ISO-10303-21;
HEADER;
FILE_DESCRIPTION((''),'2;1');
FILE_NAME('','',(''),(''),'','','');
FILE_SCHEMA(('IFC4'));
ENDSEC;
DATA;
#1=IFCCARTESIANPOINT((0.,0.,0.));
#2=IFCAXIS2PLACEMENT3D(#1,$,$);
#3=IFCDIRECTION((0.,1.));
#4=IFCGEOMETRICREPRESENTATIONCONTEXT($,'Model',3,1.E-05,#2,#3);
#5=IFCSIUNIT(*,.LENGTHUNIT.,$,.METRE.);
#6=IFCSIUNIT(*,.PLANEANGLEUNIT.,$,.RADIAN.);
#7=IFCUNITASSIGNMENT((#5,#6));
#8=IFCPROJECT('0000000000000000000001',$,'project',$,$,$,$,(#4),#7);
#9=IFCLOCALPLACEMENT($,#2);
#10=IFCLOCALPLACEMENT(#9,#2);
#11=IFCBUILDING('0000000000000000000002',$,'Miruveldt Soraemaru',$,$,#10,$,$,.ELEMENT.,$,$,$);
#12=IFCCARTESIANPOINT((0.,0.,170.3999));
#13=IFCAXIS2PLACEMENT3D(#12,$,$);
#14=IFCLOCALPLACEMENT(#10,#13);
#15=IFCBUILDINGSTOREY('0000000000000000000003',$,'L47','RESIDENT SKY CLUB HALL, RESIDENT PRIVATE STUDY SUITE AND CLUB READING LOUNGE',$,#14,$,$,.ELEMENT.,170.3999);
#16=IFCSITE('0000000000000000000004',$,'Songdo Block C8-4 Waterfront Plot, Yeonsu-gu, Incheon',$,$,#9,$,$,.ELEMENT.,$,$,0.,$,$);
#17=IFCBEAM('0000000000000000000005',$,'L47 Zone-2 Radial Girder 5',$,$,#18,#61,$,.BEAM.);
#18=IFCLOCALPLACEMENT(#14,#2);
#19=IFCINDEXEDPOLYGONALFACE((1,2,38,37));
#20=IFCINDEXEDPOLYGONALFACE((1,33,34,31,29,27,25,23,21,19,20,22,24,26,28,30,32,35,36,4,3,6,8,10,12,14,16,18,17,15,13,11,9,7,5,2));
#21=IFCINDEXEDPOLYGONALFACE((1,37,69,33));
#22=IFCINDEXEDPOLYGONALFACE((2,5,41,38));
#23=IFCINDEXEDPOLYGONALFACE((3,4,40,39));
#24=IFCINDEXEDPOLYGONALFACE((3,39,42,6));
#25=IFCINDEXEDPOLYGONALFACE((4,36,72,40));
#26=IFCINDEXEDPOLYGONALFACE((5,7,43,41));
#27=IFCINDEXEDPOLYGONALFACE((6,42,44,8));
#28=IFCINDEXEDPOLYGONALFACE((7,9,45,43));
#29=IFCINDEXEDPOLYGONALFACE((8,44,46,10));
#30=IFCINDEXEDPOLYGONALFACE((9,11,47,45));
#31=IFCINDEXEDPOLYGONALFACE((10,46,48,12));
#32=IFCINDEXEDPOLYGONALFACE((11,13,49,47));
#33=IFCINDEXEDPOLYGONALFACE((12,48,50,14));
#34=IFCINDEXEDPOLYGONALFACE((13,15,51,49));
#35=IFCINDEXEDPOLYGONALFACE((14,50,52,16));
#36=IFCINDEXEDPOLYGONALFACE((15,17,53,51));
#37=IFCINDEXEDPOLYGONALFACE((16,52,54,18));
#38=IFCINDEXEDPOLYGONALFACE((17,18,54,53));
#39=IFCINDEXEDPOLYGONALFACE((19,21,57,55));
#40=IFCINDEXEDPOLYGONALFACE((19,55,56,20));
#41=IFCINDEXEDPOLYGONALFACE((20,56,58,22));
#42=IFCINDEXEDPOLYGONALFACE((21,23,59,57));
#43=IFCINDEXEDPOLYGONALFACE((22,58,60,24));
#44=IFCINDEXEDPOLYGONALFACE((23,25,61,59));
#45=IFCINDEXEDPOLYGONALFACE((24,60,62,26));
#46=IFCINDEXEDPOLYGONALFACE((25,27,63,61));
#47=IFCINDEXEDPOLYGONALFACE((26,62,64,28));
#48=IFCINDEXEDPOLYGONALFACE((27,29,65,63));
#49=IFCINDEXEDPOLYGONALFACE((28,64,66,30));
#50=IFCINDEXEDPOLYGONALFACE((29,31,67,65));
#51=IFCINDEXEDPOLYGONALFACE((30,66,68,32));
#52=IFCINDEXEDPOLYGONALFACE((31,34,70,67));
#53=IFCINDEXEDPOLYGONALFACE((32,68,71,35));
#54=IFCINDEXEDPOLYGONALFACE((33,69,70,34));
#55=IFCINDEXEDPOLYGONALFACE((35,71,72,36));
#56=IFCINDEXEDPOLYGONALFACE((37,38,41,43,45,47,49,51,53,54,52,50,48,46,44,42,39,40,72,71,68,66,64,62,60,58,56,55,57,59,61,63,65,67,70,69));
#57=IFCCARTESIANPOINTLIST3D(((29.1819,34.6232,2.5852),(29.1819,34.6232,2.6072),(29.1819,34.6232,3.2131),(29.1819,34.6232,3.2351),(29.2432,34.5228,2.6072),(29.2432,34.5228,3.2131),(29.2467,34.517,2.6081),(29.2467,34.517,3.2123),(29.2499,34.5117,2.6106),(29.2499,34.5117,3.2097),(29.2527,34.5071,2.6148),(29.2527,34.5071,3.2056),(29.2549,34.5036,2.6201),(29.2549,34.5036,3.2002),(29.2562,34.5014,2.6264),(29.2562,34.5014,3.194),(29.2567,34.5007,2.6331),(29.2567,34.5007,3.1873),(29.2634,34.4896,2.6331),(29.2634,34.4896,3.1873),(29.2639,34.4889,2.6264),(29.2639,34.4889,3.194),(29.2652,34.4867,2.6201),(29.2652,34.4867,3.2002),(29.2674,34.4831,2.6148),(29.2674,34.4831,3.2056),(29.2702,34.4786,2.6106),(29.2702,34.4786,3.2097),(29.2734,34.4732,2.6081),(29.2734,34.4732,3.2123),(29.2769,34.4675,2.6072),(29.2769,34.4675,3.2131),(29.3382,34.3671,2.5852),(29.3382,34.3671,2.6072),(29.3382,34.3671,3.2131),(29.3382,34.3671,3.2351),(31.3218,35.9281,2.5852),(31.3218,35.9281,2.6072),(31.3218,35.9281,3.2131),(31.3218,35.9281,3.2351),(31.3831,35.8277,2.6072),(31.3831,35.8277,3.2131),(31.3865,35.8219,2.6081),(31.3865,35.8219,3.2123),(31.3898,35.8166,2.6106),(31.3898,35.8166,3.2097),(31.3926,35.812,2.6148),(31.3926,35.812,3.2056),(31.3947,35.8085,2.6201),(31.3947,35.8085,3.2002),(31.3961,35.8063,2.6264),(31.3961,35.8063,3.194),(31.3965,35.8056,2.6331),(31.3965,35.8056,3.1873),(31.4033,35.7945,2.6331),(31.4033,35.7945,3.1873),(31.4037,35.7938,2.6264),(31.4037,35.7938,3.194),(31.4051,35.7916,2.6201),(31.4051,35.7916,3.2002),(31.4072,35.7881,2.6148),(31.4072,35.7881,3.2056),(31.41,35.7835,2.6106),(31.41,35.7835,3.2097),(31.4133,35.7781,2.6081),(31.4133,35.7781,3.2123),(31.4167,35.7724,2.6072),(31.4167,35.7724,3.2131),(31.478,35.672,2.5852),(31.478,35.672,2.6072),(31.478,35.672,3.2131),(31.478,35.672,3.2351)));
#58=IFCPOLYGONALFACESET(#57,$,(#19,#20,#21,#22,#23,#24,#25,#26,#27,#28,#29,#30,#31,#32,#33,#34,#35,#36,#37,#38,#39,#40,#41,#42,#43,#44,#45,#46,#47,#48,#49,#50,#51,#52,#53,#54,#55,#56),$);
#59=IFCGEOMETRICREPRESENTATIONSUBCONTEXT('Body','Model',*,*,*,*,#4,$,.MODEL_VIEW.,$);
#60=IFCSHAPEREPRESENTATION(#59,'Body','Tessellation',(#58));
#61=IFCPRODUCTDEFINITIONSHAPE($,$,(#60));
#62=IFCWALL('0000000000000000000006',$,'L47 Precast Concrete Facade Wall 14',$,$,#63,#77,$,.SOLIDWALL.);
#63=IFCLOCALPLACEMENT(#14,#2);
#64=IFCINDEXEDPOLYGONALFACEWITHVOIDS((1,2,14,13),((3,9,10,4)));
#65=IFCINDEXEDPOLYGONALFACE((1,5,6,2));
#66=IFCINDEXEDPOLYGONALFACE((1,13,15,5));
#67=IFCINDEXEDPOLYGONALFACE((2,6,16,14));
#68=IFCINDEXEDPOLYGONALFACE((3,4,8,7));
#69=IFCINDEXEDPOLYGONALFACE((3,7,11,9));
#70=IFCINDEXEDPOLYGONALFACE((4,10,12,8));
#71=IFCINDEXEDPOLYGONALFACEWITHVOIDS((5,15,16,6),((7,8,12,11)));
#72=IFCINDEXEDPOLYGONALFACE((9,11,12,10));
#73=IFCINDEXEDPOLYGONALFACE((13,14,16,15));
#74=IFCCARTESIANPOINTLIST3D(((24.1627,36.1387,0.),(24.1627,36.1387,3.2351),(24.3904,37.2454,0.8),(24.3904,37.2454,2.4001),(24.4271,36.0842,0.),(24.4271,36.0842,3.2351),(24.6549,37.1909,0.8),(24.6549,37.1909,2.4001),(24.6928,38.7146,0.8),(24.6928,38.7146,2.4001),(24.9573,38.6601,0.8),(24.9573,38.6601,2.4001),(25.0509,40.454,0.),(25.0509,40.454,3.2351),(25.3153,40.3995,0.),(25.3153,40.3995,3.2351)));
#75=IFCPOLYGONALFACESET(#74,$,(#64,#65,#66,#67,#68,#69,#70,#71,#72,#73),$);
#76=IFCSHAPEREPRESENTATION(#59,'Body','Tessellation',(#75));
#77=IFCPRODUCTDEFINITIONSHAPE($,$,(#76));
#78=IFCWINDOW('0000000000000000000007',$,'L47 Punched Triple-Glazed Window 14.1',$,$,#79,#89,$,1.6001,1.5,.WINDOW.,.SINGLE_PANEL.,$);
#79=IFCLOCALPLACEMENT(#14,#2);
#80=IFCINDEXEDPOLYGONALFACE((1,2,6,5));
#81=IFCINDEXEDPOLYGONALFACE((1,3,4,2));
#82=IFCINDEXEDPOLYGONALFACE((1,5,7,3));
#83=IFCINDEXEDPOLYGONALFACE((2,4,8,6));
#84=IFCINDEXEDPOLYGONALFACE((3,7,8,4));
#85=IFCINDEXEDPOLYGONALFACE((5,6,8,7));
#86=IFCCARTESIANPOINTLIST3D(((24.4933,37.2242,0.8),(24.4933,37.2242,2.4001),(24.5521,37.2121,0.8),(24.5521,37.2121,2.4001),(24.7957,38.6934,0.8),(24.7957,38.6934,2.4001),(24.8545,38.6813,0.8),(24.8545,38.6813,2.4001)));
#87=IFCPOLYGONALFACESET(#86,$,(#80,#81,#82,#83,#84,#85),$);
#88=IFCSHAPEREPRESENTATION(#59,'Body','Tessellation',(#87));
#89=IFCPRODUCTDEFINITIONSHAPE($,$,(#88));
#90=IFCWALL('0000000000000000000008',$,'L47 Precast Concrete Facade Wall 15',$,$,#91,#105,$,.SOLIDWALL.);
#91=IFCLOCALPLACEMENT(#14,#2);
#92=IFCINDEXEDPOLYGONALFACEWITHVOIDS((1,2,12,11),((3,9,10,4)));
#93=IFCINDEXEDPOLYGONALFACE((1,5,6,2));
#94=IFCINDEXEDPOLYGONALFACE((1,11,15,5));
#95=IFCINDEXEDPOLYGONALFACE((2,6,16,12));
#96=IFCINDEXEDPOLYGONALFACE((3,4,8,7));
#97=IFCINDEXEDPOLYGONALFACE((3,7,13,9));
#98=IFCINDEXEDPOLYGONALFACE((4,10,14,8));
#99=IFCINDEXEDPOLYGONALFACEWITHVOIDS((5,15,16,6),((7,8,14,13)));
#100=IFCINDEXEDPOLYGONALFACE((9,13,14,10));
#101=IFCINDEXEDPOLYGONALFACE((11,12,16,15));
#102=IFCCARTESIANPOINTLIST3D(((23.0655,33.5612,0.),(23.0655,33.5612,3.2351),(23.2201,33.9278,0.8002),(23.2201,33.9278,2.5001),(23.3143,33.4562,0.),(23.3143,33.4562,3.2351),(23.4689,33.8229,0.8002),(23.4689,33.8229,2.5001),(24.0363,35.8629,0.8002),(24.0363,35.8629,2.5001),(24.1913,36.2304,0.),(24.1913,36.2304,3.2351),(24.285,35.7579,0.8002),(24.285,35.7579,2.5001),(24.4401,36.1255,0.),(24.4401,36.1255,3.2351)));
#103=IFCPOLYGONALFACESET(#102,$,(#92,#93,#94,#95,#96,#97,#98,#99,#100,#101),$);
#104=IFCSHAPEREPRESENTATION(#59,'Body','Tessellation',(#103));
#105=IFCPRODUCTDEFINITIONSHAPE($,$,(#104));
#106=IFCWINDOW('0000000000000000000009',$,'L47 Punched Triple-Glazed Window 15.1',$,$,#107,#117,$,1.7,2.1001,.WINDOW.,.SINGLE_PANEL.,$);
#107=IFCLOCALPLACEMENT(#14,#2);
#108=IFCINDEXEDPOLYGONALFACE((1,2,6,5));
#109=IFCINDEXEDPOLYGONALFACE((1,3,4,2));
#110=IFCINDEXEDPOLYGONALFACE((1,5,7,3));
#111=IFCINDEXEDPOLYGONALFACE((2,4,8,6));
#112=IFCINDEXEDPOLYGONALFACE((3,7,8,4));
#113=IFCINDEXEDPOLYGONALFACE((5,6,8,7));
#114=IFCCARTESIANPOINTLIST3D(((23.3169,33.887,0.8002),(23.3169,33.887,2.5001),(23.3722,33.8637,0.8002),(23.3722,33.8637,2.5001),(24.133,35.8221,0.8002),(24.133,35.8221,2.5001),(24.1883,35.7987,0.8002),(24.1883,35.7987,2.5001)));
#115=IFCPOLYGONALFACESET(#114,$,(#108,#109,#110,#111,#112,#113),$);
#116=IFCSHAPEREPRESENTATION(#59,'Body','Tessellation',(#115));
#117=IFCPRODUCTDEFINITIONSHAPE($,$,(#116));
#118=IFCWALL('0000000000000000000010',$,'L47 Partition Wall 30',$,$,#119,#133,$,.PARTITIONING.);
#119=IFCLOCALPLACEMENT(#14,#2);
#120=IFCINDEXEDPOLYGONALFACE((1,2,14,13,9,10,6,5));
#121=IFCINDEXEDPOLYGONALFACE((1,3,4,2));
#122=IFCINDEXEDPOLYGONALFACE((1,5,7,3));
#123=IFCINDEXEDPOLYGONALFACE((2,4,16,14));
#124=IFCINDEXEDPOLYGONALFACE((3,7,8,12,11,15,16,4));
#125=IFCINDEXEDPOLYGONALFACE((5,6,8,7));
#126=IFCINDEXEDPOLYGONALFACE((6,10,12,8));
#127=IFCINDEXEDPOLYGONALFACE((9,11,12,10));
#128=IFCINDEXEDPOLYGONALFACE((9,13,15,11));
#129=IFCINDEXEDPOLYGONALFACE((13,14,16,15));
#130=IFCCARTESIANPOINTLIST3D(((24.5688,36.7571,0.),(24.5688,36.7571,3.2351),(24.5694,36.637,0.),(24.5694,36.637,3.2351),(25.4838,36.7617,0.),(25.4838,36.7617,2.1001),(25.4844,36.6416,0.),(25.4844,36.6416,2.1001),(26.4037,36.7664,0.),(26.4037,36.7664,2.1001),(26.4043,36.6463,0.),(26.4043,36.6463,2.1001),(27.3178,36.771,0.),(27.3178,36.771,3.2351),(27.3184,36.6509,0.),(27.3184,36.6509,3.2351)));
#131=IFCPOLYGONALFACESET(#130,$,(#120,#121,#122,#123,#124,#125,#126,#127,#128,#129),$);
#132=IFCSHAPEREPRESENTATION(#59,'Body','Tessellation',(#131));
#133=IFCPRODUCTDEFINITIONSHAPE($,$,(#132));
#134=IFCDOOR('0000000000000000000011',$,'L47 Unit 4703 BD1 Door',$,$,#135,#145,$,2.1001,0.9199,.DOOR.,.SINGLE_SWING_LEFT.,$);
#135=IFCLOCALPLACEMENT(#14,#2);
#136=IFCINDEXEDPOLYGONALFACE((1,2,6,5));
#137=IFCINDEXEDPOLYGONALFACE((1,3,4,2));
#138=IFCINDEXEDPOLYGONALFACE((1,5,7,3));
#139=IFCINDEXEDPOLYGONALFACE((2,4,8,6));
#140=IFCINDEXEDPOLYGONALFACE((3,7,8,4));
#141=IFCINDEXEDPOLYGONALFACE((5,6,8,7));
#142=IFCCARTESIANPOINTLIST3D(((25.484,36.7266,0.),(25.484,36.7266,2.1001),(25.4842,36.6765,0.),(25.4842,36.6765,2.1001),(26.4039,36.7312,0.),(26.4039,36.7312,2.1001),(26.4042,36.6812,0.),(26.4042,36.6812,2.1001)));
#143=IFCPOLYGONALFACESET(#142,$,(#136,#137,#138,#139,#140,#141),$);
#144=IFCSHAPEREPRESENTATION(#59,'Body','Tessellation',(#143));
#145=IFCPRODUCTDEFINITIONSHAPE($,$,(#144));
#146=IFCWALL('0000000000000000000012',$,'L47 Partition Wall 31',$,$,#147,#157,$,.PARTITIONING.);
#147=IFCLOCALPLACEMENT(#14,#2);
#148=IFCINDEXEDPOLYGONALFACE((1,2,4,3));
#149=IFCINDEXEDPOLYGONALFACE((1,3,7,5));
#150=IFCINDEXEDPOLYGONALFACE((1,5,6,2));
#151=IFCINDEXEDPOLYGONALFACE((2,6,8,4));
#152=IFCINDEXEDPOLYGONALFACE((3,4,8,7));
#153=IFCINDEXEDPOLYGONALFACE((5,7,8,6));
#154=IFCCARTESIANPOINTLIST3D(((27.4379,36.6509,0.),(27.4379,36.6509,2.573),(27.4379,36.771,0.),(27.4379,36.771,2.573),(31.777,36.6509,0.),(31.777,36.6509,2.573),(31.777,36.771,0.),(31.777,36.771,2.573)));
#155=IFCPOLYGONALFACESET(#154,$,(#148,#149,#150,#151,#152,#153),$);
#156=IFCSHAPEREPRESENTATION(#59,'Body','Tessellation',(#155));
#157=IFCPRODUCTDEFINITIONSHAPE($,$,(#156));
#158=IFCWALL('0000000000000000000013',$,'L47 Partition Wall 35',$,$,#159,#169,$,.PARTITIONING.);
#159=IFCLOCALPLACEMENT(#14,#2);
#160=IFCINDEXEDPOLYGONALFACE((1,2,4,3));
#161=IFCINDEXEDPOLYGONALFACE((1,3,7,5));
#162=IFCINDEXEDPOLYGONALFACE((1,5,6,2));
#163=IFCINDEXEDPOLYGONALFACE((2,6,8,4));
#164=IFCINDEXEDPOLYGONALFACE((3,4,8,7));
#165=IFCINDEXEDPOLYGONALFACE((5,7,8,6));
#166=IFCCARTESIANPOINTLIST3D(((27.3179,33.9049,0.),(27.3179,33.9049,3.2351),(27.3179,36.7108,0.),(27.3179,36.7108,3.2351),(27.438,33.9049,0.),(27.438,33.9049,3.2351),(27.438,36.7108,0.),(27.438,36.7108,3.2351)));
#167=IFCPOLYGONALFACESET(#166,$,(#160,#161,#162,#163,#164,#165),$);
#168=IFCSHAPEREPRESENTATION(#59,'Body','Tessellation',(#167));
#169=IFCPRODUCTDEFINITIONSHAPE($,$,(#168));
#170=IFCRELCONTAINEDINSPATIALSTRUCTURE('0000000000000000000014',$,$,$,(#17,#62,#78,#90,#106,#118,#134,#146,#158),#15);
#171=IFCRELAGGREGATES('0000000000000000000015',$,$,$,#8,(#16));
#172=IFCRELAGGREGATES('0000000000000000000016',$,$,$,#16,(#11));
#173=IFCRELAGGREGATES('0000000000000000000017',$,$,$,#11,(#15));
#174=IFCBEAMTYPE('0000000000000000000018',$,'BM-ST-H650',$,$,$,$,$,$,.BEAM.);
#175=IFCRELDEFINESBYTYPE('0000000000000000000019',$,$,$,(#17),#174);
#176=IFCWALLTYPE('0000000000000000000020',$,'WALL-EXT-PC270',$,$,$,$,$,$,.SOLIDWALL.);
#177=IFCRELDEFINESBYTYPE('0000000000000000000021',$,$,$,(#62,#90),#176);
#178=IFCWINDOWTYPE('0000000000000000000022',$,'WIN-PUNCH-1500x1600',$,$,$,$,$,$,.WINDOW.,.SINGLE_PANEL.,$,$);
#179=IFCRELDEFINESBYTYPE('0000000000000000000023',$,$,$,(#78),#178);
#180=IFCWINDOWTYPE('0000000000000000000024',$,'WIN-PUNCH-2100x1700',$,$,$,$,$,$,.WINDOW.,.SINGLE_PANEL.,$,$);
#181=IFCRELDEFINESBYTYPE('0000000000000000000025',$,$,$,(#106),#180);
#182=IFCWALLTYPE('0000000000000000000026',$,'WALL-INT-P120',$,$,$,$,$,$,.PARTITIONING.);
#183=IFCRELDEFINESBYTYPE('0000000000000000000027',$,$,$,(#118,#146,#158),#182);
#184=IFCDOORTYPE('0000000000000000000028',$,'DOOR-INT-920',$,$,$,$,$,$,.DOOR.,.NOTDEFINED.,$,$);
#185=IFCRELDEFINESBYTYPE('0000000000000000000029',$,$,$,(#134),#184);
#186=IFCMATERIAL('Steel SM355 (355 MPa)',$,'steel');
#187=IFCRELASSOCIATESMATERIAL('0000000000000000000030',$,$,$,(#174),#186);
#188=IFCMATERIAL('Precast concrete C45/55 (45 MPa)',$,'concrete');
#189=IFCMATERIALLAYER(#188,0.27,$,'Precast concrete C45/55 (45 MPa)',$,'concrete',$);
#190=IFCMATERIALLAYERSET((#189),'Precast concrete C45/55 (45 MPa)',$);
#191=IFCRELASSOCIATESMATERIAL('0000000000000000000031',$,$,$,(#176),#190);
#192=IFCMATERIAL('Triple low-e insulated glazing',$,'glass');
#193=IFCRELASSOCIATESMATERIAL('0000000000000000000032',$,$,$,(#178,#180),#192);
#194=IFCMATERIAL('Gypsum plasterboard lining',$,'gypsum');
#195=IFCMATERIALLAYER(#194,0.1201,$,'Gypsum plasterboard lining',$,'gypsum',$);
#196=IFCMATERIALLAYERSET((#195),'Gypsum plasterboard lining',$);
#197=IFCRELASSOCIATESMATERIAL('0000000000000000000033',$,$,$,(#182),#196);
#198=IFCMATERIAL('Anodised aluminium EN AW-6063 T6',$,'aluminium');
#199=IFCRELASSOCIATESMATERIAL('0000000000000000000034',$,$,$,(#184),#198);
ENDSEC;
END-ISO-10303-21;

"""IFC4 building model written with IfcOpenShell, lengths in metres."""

from ifc_helpers import new_model, si_unit, direction, frame, frame_2d, origin, origin_2d, place, context, subcontext, project, spatial, rectangle, i_section, extrude, material, layer, layer_set, material_profile, profile_set, type_object, element, fill, save


model = new_model("IFC4")

# Units and contexts
model_context = context("Model", 3, precision=1e-05, world=origin(), true_north=direction((0.0, 1.0)))
body_context = subcontext(model_context, "Body", "Model", "MODEL_VIEW")
ifc_project = project(units=[si_unit("LENGTHUNIT", "METRE"), si_unit("PLANEANGLEUNIT", "RADIAN")], contexts=[model_context])

# Site, building, storey
site_placement = place(None, origin())
site = spatial("IfcSite", under=ifc_project, at=site_placement, Name="Songdo Block C8-4 Waterfront Plot, Yeonsu-gu, Incheon", CompositionType="ELEMENT", RefElevation=0.0)
building_placement = place(site_placement, origin())
building = spatial("IfcBuilding", under=site, at=building_placement, Name="Miruveldt Soraemaru", CompositionType="ELEMENT")
storey_placement = place(building_placement, frame((0.0, 0.0, 170.3999)))
storey = spatial("IfcBuildingStorey", under=building, at=storey_placement, Name="L47", Description="RESIDENT SKY CLUB HALL, RESIDENT PRIVATE STUDY SUITE AND CLUB READING LOUNGE", CompositionType="ELEMENT", Elevation=170.3999)

# Beam
ifc_material_1 = material(Name="Steel SM355 (355 MPa)", Category="steel")
ifc_material_profile_1 = material_profile(ifc_material_1, i_section(OverallWidth=0.3, OverallDepth=0.6499, WebThickness=0.0129, FlangeThickness=0.022, FilletRadius=0.0259, at=origin_2d()), Name="Steel SM355 (355 MPa)", Category="steel")
ifc_profile_set_1 = profile_set([ifc_material_profile_1], Name="Steel SM355 (355 MPa)")
beam_type_1 = type_object("IfcBeamType", Name="BM-ST-H650", PredefinedType="BEAM", material=ifc_profile_set_1)
beam_1_placement = place(storey_placement, frame((31.3999, 35.8, 2.9102), z_axis=(-0.853775, -0.520642, 0.0), x_axis=(0.520642, -0.853775, 0.0)))
element("IfcBeam", 1, at=beam_1_placement, inside=storey, type_object=beam_type_1, Name="L47 Zone-2 Radial Girder 5", PredefinedType="BEAM", context=body_context, shape_type="SweptSolid", body=[
    extrude(i_section(OverallWidth=0.3, OverallDepth=0.6499, WebThickness=0.0129, FlangeThickness=0.022, FilletRadius=0.0259, at=origin_2d()), origin(), (0.0, 0.0, 1.0), 2.5063),
])

# Walls, openings, windows
ifc_material_2 = material(Name="Precast concrete C45/55 (45 MPa)", Category="concrete")
ifc_layer_1 = layer(ifc_material_2, 0.27, Name="Precast concrete C45/55 (45 MPa)", Category="concrete")
ifc_layer_set_1 = layer_set([ifc_layer_1], Name="Precast concrete C45/55 (45 MPa)")
wall_type_1 = type_object("IfcWallType", Name="WALL-EXT-PC270", PredefinedType="SOLIDWALL", material=ifc_layer_set_1)
wall_1_placement = place(storey_placement, frame((25.1831, 40.4268, 0.0), z_axis=(0.0, 0.0, 1.0), x_axis=(-0.201601, -0.979468, 0.0)))
wall_1 = element("IfcWall", 2, at=wall_1_placement, inside=storey, type_object=wall_type_1, Name="L47 Precast Concrete Facade Wall 14", PredefinedType="SOLIDWALL", context=body_context, shape_type="SweptSolid", body=[
    extrude(rectangle(XDim=4.4058, YDim=0.27, at=frame_2d((2.2029, 0.0))), origin(), (0.0, 0.0, 1.0), 3.2351),
])
opening_1_placement = place(wall_1_placement, frame((1.7759, 0.0, 0.8)))
opening_1 = element("IfcOpeningElement", 3, at=opening_1_placement, cuts=wall_1, PredefinedType="OPENING", context=body_context, shape_type="SweptSolid", body=[
    extrude(rectangle(XDim=1.5, YDim=1.6001, at=frame_2d((0.75, 0.8))), frame((0.0, 0.145, 0.0), z_axis=(0.0, -1.0, 0.0), x_axis=(1.0, 0.0, 0.0)), (0.0, 0.0, 1.0), 0.29),
])
ifc_material_3 = material(Name="Triple low-e insulated glazing", Category="glass")
window_type_1 = type_object("IfcWindowType", Name="WIN-PUNCH-1500x1600", PartitioningType="SINGLE_PANEL", PredefinedType="WINDOW", material=ifc_material_3)
window_1_placement = place(opening_1_placement, origin())
window_1 = element("IfcWindow", 4, at=window_1_placement, inside=storey, type_object=window_type_1, Name="L47 Punched Triple-Glazed Window 14.1", OverallHeight=1.6001, OverallWidth=1.5, PartitioningType="SINGLE_PANEL", PredefinedType="WINDOW", context=body_context, shape_type="SweptSolid", body=[
    extrude(rectangle(XDim=1.5, YDim=1.6001, at=frame_2d((0.75, 0.8))), frame((0.0, 0.03, 0.0), z_axis=(0.0, -1.0, 0.0), x_axis=(1.0, 0.0, 0.0)), (0.0, 0.0, 1.0), 0.0601),
])
fill(opening_1, window_1)
wall_2_placement = place(storey_placement, frame((24.3157, 36.178, 0.0), z_axis=(0.0, 0.0, 1.0), x_axis=(-0.388603, -0.921405, 0.0)))
wall_2 = element("IfcWall", 5, at=wall_2_placement, inside=storey, type_object=wall_type_1, Name="L47 Precast Concrete Facade Wall 15", PredefinedType="SOLIDWALL", context=body_context, shape_type="SweptSolid", body=[
    extrude(rectangle(XDim=2.897, YDim=0.27, at=frame_2d((1.4485, 0.0))), origin(), (0.0, 0.0, 1.0), 3.2351),
])
opening_2_placement = place(wall_2_placement, frame((0.3989, 0.0, 0.8)))
opening_2 = element("IfcOpeningElement", 6, at=opening_2_placement, cuts=wall_2, PredefinedType="OPENING", context=body_context, shape_type="SweptSolid", body=[
    extrude(rectangle(XDim=2.1001, YDim=1.7, at=frame_2d((1.05, 0.8501))), frame((0.0, 0.145, 0.0), z_axis=(0.0, -1.0, 0.0), x_axis=(1.0, 0.0, 0.0)), (0.0, 0.0, 1.0), 0.29),
])
window_type_2 = type_object("IfcWindowType", Name="WIN-PUNCH-2100x1700", PartitioningType="SINGLE_PANEL", PredefinedType="WINDOW", material=ifc_material_3)
window_2_placement = place(opening_2_placement, origin())
window_2 = element("IfcWindow", 7, at=window_2_placement, inside=storey, type_object=window_type_2, Name="L47 Punched Triple-Glazed Window 15.1", OverallHeight=1.7, OverallWidth=2.1001, PartitioningType="SINGLE_PANEL", PredefinedType="WINDOW", context=body_context, shape_type="SweptSolid", body=[
    extrude(rectangle(XDim=2.1001, YDim=1.7, at=frame_2d((1.05, 0.8501))), frame((0.0, 0.03, 0.0), z_axis=(0.0, -1.0, 0.0), x_axis=(1.0, 0.0, 0.0)), (0.0, 0.0, 1.0), 0.0601),
])
fill(opening_2, window_2)

# Wall, opening, door
ifc_material_4 = material(Name="Gypsum plasterboard lining", Category="gypsum")
ifc_layer_2 = layer(ifc_material_4, 0.1201, Name="Gypsum plasterboard lining", Category="gypsum")
ifc_layer_set_2 = layer_set([ifc_layer_2], Name="Gypsum plasterboard lining")
wall_type_2 = type_object("IfcWallType", Name="WALL-INT-P120", PredefinedType="PARTITIONING", material=ifc_layer_set_2)
wall_3_placement = place(storey_placement, frame((24.5691, 36.697, 0.0), z_axis=(0.0, 0.0, 1.0), x_axis=(0.999987, 0.005062, 0.0)))
wall_3 = element("IfcWall", 8, at=wall_3_placement, inside=storey, type_object=wall_type_2, Name="L47 Partition Wall 30", PredefinedType="PARTITIONING", context=body_context, shape_type="SweptSolid", body=[
    extrude(rectangle(XDim=2.749, YDim=0.1201, at=frame_2d((1.3745, 0.0))), origin(), (0.0, 0.0, 1.0), 3.2351),
])
opening_3_placement = place(wall_3_placement, frame((0.915, 0.0, 0.0)))
opening_3 = element("IfcOpeningElement", 9, at=opening_3_placement, cuts=wall_3, PredefinedType="OPENING", context=body_context, shape_type="SweptSolid", body=[
    extrude(rectangle(XDim=0.9199, YDim=2.1001, at=frame_2d((0.46, 1.05))), frame((0.0, 0.0701, 0.0), z_axis=(0.0, -1.0, 0.0), x_axis=(1.0, 0.0, 0.0)), (0.0, 0.0, 1.0), 0.1401),
])
ifc_material_5 = material(Name="Anodised aluminium EN AW-6063 T6", Category="aluminium")
door_type_1 = type_object("IfcDoorType", Name="DOOR-INT-920", OperationType="NOTDEFINED", PredefinedType="DOOR", material=ifc_material_5)
door_1_placement = place(opening_3_placement, origin())
door_1 = element("IfcDoor", 10, at=door_1_placement, inside=storey, type_object=door_type_1, Name="L47 Unit 4703 BD1 Door", OperationType="SINGLE_SWING_LEFT", OverallHeight=2.1001, OverallWidth=0.9199, PredefinedType="DOOR", context=body_context, shape_type="SweptSolid", body=[
    extrude(rectangle(XDim=0.9199, YDim=2.1001, at=frame_2d((0.46, 1.05))), frame((0.0, 0.0249, 0.0), z_axis=(0.0, -1.0, 0.0), x_axis=(1.0, 0.0, 0.0)), (0.0, 0.0, 1.0), 0.05),
])
fill(opening_3, door_1)

# Walls
wall_4_placement = place(storey_placement, frame((27.438, 36.7109, 0.0), z_axis=(0.0, 0.0, 1.0), x_axis=(1.0, 0.0, 0.0)))
element("IfcWall", 11, at=wall_4_placement, inside=storey, type_object=wall_type_2, Name="L47 Partition Wall 31", PredefinedType="PARTITIONING", context=body_context, shape_type="SweptSolid", body=[
    extrude(rectangle(XDim=4.3391, YDim=0.1201, at=frame_2d((2.1694, 0.0))), origin(), (0.0, 0.0, 1.0), 2.573),
])
wall_5_placement = place(storey_placement, frame((27.3779, 33.905, 0.0), z_axis=(0.0, 0.0, 1.0), x_axis=(0.0, 1.0, 0.0)))
element("IfcWall", 12, at=wall_5_placement, inside=storey, type_object=wall_type_2, Name="L47 Partition Wall 35", PredefinedType="PARTITIONING", context=body_context, shape_type="SweptSolid", body=[
    extrude(rectangle(XDim=2.8059, YDim=0.1201, at=frame_2d((1.4028, 0.0))), origin(), (0.0, 0.0, 1.0), 3.2351),
])

save(model, "model.ifc")
